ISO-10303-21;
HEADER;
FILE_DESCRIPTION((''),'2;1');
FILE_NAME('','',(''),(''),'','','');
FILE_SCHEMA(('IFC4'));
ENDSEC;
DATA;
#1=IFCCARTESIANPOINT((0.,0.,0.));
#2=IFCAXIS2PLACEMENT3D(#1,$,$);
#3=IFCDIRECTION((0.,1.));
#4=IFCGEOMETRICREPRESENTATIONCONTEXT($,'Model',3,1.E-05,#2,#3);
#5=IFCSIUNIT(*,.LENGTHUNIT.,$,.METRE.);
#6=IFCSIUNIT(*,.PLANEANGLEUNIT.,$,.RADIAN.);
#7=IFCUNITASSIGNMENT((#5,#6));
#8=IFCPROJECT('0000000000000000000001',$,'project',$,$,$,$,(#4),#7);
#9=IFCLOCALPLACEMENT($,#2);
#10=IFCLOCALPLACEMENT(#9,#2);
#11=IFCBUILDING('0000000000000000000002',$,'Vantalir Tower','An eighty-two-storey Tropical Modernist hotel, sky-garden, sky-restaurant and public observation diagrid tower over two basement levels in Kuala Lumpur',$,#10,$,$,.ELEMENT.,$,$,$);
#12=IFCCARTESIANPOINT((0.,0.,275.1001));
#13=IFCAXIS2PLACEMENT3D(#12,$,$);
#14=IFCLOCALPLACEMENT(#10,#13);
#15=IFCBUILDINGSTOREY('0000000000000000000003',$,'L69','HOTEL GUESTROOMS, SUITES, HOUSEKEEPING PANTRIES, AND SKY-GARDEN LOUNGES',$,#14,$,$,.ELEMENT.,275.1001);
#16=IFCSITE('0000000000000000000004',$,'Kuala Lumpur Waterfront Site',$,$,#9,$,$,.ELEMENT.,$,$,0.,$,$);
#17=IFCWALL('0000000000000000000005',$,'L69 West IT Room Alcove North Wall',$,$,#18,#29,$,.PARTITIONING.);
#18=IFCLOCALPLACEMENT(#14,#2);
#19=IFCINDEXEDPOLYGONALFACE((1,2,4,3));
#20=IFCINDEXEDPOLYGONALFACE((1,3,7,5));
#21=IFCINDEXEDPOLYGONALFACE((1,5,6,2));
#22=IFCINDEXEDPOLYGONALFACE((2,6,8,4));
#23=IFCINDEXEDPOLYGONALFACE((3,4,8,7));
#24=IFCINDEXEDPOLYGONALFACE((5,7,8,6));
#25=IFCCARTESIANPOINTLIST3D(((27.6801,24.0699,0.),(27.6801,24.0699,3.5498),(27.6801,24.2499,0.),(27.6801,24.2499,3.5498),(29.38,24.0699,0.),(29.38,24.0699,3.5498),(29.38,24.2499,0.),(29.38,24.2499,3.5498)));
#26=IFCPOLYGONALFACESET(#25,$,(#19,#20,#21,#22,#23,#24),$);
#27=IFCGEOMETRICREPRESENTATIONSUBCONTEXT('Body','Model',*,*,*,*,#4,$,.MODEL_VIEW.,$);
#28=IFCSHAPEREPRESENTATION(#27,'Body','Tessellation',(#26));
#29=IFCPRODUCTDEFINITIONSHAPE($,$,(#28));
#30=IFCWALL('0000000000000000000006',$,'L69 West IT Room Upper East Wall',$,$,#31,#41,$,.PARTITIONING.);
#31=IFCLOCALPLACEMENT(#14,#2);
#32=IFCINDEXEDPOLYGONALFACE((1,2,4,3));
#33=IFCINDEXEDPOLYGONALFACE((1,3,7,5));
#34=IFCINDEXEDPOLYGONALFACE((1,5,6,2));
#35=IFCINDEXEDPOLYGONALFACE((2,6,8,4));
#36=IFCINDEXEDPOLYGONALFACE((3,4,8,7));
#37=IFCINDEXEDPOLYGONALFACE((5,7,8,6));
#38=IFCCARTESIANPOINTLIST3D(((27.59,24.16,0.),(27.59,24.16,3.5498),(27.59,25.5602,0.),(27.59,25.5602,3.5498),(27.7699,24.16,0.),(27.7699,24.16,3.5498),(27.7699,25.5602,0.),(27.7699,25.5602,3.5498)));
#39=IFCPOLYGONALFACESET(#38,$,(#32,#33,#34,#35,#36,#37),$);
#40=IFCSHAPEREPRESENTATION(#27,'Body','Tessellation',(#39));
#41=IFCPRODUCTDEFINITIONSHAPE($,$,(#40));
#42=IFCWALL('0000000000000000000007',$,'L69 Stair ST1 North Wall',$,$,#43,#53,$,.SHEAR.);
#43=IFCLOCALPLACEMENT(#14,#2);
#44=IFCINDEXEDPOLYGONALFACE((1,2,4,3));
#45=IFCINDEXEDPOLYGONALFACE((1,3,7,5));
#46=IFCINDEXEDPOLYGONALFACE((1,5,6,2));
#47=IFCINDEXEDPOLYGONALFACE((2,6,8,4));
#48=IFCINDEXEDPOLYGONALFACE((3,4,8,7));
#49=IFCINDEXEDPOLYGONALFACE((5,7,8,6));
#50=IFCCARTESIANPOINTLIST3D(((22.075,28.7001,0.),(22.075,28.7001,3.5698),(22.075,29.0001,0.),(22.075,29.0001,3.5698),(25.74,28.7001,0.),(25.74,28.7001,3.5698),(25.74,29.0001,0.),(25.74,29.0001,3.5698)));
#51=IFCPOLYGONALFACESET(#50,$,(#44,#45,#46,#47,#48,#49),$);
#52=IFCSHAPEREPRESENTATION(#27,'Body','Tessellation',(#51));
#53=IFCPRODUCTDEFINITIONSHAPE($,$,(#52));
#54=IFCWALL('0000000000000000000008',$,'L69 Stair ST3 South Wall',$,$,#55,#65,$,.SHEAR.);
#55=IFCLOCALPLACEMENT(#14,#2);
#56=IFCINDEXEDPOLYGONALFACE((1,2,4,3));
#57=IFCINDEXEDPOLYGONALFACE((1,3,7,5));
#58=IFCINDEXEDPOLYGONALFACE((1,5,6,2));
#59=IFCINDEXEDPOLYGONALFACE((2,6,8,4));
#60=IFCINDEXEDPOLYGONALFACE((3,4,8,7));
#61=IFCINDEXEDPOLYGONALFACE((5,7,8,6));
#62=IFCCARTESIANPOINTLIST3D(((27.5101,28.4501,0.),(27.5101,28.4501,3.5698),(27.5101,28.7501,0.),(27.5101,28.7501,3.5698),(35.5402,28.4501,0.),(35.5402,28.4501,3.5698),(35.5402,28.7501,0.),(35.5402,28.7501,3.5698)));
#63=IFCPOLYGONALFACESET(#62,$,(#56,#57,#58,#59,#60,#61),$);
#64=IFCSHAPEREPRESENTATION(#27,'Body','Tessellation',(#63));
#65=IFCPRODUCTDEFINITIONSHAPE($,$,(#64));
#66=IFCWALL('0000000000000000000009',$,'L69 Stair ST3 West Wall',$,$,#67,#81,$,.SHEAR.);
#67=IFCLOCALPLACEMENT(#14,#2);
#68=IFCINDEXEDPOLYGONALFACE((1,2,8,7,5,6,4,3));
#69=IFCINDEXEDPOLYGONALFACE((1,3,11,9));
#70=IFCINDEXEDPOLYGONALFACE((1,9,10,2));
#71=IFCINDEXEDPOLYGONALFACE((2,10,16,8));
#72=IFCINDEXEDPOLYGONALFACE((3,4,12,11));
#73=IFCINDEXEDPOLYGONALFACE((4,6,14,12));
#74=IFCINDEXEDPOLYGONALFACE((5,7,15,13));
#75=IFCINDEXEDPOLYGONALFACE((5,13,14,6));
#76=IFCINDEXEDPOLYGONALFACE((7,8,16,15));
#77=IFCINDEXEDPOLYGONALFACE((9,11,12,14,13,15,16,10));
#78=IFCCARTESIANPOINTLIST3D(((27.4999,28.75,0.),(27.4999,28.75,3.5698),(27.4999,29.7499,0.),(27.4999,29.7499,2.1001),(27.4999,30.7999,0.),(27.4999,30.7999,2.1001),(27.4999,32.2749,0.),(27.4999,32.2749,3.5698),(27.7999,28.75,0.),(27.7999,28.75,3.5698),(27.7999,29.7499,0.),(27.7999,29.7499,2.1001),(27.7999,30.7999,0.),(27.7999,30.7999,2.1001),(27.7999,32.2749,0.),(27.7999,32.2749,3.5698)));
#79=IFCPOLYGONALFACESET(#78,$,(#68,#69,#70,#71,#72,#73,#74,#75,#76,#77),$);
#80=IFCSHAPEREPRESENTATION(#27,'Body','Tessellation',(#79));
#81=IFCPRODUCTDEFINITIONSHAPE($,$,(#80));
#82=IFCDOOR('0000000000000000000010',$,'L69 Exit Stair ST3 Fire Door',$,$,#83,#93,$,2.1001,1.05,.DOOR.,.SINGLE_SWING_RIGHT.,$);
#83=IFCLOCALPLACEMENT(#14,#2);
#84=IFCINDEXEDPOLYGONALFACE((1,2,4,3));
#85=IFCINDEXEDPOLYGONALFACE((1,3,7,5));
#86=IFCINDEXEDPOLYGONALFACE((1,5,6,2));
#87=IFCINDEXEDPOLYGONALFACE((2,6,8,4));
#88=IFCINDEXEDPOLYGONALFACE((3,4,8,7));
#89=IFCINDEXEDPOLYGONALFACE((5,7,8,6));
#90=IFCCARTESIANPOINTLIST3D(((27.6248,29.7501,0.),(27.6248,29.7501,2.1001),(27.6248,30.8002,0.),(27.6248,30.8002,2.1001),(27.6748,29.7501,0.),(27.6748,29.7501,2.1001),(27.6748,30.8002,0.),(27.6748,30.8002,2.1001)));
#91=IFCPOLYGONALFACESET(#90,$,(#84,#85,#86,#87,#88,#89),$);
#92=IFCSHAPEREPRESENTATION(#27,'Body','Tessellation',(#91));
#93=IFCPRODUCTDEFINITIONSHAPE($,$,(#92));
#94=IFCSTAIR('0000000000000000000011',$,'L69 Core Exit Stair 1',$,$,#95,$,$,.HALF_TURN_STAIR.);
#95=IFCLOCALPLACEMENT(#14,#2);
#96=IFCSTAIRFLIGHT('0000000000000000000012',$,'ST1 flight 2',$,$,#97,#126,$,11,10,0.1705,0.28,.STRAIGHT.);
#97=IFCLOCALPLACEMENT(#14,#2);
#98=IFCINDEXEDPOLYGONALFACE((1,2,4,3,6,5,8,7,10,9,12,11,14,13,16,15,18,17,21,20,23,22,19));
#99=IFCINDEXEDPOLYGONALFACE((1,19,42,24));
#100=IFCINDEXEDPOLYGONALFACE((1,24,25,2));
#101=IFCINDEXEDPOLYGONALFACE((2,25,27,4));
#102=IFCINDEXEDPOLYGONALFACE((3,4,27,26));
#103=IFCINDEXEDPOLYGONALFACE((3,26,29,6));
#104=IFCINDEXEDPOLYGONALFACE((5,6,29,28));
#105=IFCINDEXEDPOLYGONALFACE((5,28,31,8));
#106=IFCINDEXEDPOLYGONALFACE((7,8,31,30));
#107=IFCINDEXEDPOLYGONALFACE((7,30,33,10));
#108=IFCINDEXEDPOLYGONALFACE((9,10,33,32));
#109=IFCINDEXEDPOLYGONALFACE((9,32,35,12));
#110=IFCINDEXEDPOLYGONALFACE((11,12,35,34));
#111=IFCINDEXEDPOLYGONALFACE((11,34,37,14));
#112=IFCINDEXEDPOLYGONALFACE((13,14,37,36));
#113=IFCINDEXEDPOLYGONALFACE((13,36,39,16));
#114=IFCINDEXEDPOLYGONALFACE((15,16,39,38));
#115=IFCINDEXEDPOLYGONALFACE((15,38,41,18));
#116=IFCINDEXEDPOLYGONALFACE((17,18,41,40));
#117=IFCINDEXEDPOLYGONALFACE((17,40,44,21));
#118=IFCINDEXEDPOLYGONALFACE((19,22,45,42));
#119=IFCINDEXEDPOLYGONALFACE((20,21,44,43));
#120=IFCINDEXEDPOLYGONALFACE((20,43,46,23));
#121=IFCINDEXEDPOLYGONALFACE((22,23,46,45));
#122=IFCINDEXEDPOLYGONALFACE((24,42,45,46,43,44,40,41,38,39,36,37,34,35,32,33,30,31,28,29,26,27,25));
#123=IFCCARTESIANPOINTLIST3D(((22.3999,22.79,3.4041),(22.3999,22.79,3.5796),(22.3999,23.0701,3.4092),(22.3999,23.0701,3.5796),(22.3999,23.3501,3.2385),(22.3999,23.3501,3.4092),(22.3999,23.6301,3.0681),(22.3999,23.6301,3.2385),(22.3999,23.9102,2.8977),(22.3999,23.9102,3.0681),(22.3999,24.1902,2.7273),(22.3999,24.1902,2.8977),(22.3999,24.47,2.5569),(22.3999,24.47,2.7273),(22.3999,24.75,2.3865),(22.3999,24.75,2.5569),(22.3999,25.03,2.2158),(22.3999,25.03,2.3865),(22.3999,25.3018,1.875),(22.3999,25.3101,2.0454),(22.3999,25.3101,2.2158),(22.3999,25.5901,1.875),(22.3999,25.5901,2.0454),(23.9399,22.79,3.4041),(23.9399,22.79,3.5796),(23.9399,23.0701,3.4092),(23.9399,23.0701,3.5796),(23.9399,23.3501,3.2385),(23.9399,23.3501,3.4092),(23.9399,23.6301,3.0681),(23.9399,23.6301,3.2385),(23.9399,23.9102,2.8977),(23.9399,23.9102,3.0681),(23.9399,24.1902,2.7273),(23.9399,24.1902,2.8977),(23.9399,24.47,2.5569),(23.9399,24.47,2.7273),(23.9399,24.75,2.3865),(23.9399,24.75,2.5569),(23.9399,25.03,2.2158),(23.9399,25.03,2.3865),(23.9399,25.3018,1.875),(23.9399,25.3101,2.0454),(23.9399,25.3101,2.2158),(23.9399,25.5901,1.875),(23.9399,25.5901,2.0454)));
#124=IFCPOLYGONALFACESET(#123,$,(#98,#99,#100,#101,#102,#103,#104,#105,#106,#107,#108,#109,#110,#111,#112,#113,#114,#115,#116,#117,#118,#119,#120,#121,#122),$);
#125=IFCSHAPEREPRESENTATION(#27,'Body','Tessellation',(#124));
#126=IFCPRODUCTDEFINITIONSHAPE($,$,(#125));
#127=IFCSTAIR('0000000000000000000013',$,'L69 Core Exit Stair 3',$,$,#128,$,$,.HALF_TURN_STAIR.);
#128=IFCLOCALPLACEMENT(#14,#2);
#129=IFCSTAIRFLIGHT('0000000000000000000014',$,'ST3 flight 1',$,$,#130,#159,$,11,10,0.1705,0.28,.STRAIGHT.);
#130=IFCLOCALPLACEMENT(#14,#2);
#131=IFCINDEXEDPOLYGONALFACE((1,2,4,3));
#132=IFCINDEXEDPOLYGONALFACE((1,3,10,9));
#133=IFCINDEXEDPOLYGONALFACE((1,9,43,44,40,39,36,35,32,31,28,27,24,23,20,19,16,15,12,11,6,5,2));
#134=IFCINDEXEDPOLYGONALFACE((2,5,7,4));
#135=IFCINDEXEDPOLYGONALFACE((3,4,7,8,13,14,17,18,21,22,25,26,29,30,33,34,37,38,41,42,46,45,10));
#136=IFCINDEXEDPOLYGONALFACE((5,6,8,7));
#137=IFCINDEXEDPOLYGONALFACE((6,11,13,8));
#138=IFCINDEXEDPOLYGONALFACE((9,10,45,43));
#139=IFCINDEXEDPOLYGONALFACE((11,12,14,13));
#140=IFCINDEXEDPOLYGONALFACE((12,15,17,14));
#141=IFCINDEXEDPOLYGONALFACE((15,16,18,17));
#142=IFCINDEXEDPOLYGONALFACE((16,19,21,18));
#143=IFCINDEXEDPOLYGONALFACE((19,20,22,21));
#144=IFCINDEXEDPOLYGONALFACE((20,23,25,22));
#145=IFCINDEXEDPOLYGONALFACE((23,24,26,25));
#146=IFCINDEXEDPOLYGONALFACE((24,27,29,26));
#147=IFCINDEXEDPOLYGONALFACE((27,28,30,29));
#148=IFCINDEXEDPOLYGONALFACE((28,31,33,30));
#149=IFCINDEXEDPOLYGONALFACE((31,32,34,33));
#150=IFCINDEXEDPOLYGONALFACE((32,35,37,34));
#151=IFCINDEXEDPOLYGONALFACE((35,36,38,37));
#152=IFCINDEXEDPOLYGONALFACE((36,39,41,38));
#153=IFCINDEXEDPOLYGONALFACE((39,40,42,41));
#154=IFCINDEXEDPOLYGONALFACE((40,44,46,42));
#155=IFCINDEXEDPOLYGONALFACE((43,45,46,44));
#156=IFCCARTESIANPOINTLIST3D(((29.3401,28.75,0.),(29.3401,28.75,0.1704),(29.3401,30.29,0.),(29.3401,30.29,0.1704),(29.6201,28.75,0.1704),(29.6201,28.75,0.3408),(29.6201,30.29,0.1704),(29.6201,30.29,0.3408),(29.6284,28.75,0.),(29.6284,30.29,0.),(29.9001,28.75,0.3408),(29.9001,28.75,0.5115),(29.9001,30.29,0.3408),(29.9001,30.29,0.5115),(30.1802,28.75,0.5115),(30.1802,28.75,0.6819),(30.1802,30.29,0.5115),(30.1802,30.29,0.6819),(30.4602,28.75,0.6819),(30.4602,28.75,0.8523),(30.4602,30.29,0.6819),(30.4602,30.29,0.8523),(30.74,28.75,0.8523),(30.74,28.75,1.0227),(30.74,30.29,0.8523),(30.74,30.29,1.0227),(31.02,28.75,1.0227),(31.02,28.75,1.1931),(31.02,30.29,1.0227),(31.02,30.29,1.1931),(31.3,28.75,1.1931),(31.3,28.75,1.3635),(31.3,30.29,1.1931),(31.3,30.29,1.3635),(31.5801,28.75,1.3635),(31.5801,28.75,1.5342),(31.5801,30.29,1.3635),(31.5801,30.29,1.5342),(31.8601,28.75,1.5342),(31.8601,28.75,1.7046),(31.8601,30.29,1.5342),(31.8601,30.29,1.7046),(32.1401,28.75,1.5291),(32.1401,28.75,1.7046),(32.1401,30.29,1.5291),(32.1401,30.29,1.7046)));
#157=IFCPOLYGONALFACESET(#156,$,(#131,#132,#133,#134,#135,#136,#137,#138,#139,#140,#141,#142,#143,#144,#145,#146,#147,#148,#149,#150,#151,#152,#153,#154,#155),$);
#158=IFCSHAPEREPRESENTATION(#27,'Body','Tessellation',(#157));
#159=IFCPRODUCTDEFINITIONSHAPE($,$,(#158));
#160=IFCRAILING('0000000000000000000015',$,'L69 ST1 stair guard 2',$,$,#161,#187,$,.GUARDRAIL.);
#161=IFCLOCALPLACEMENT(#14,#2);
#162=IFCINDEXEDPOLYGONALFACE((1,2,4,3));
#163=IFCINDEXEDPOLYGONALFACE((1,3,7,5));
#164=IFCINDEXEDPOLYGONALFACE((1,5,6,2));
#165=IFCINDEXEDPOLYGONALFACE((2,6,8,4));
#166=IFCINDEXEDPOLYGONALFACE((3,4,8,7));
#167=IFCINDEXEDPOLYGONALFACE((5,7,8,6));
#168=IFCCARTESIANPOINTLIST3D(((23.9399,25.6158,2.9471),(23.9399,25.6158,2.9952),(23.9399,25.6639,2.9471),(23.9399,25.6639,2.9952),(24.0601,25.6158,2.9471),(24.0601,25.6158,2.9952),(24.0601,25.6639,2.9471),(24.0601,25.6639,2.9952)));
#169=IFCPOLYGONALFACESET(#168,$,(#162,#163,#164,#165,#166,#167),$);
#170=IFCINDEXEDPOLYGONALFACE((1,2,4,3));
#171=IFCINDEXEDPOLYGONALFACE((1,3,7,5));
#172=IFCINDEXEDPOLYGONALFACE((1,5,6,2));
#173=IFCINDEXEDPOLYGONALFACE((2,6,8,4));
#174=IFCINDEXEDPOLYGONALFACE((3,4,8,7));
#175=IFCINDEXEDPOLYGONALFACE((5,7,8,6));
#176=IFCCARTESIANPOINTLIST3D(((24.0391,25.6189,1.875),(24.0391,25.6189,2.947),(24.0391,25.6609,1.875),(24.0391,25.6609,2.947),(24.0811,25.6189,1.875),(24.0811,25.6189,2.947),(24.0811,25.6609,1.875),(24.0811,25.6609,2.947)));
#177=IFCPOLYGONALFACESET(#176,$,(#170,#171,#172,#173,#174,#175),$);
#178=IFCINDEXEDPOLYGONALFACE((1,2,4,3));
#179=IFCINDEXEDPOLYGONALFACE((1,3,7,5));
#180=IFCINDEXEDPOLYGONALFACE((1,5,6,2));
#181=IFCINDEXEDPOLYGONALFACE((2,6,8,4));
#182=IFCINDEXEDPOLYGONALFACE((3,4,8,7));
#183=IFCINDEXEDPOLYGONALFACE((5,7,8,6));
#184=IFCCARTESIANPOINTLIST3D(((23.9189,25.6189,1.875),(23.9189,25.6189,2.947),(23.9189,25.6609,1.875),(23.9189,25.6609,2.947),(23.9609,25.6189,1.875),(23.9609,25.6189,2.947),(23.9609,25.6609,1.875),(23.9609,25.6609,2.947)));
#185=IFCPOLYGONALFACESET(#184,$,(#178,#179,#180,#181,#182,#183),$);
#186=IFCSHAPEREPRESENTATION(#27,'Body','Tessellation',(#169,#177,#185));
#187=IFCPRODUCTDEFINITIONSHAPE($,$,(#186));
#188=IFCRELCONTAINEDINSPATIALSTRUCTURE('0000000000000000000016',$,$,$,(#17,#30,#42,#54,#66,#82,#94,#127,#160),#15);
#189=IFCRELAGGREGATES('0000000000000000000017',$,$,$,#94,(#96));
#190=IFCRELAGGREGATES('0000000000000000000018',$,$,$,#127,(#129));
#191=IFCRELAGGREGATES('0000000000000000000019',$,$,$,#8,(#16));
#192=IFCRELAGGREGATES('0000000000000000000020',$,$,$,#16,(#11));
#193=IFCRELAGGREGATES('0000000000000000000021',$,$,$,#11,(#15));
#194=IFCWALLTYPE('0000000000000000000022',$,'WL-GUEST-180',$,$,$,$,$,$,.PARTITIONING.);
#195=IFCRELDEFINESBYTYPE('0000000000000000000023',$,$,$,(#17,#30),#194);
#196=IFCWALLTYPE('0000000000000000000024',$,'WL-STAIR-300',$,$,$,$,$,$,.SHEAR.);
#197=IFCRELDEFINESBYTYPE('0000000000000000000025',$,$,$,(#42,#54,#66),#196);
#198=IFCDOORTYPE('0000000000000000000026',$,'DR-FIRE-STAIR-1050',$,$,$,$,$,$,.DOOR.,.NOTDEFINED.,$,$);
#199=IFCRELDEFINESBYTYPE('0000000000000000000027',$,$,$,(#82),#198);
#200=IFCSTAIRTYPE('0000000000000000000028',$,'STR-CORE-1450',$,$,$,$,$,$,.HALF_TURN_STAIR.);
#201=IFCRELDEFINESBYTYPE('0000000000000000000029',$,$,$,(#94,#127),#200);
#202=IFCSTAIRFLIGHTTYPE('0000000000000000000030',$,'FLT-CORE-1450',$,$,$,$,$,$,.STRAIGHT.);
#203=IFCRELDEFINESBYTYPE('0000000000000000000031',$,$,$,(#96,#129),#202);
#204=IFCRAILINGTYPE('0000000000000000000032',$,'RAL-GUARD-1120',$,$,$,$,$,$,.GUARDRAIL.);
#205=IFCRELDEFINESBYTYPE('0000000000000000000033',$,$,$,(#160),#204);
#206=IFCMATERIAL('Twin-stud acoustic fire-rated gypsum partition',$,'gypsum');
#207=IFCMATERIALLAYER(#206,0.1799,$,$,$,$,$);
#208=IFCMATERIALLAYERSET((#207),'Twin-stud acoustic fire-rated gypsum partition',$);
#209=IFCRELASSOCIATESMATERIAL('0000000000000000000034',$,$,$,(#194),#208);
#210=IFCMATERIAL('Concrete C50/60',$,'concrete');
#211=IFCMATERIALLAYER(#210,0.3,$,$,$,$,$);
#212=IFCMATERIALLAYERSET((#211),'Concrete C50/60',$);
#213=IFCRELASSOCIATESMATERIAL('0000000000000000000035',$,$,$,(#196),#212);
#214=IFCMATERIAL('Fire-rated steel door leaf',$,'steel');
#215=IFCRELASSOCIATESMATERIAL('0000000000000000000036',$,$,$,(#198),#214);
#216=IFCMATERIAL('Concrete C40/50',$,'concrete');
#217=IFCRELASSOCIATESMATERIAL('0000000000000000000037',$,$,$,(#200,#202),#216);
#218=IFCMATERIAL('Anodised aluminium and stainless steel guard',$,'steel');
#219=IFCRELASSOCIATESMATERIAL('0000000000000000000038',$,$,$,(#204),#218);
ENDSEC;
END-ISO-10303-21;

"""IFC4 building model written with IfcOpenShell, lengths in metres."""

from ifc_helpers import new_model, si_unit, direction, frame, frame_2d, origin, origin_2d, place, context, subcontext, project, spatial, polyline, rectangle, outline, extrude, material, layer, layer_set, type_object, element, fill, aggregate, save


model = new_model("IFC4")

# Units and contexts
model_context = context("Model", 3, precision=1e-05, world=origin(), true_north=direction((0.0, 1.0)))
body_context = subcontext(model_context, "Body", "Model", "MODEL_VIEW")
ifc_project = project(units=[si_unit("LENGTHUNIT", "METRE"), si_unit("PLANEANGLEUNIT", "RADIAN")], contexts=[model_context])

# Site, building, storey
site_placement = place(None, origin())
site = spatial("IfcSite", under=ifc_project, at=site_placement, Name="Kuala Lumpur Waterfront Site", CompositionType="ELEMENT", RefElevation=0.0)
building_placement = place(site_placement, origin())
building = spatial("IfcBuilding", under=site, at=building_placement, Name="Vantalir Tower", Description="An eighty-two-storey Tropical Modernist hotel, sky-garden, sky-restaurant and public observation diagrid tower over two basement levels in Kuala Lumpur", CompositionType="ELEMENT")
storey_placement = place(building_placement, frame((0.0, 0.0, 275.1001)))
storey = spatial("IfcBuildingStorey", under=building, at=storey_placement, Name="L69", Description="HOTEL GUESTROOMS, SUITES, HOUSEKEEPING PANTRIES, AND SKY-GARDEN LOUNGES", CompositionType="ELEMENT", Elevation=275.1001)

# Shared definitions
ifc_material_1 = material(Name="Concrete C50/60", Category="concrete")

# Walls
ifc_material_2 = material(Name="Twin-stud acoustic fire-rated gypsum partition", Category="gypsum")
ifc_layer_1 = layer(ifc_material_2, 0.1799)
ifc_layer_set_1 = layer_set([ifc_layer_1], Name="Twin-stud acoustic fire-rated gypsum partition")
wall_type_1 = type_object("IfcWallType", Name="WL-GUEST-180", PredefinedType="PARTITIONING", material=ifc_layer_set_1)
wall_1_placement = place(storey_placement, frame((27.6799, 24.1599, 0.0), z_axis=(0.0, 0.0, 1.0), x_axis=(1.0, 0.0, 0.0)))
element("IfcWall", 1, at=wall_1_placement, inside=storey, type_object=wall_type_1, Name="L69 West IT Room Alcove North Wall", PredefinedType="PARTITIONING", context=body_context, shape_type="SweptSolid", body=[
    extrude(rectangle(XDim=1.7, YDim=0.1799, at=frame_2d((0.8501, 0.0))), origin(), (0.0, 0.0, 1.0), 3.5498),
])
wall_2_placement = place(storey_placement, frame((27.6799, 24.1599, 0.0), z_axis=(0.0, 0.0, 1.0), x_axis=(0.0, 1.0, 0.0)))
element("IfcWall", 2, at=wall_2_placement, inside=storey, type_object=wall_type_1, Name="L69 West IT Room Upper East Wall", PredefinedType="PARTITIONING", context=body_context, shape_type="SweptSolid", body=[
    extrude(rectangle(XDim=1.4001, YDim=0.1799, at=frame_2d((0.7002, 0.0))), origin(), (0.0, 0.0, 1.0), 3.5498),
])
ifc_layer_2 = layer(ifc_material_1, 0.3)
ifc_layer_set_2 = layer_set([ifc_layer_2], Name="Concrete C50/60")
wall_type_2 = type_object("IfcWallType", Name="WL-STAIR-300", PredefinedType="SHEAR", material=ifc_layer_set_2)
wall_3_placement = place(storey_placement, frame((22.075, 28.8501, 0.0), z_axis=(0.0, 0.0, 1.0), x_axis=(1.0, 0.0, 0.0)))
element("IfcWall", 3, at=wall_3_placement, inside=storey, type_object=wall_type_2, Name="L69 Stair ST1 North Wall", PredefinedType="SHEAR", context=body_context, shape_type="SweptSolid", body=[
    extrude(rectangle(XDim=3.665, YDim=0.3, at=frame_2d((1.8325, 0.0))), origin(), (0.0, 0.0, 1.0), 3.5698),
])
wall_4_placement = place(storey_placement, frame((27.51, 28.6001, 0.0), z_axis=(0.0, 0.0, 1.0), x_axis=(1.0, 0.0, 0.0)))
element("IfcWall", 4, at=wall_4_placement, inside=storey, type_object=wall_type_2, Name="L69 Stair ST3 South Wall", PredefinedType="SHEAR", context=body_context, shape_type="SweptSolid", body=[
    extrude(rectangle(XDim=8.03, YDim=0.3, at=frame_2d((4.0151, 0.0))), origin(), (0.0, 0.0, 1.0), 3.5698),
])

# Wall, opening, door
wall_5_placement = place(storey_placement, frame((27.6499, 28.75, 0.0), z_axis=(0.0, 0.0, 1.0), x_axis=(0.0, 1.0, 0.0)))
wall_5 = element("IfcWall", 5, at=wall_5_placement, inside=storey, type_object=wall_type_2, Name="L69 Stair ST3 West Wall", PredefinedType="SHEAR", context=body_context, shape_type="SweptSolid", body=[
    extrude(rectangle(XDim=3.5249, YDim=0.3, at=frame_2d((1.7625, 0.0))), origin(), (0.0, 0.0, 1.0), 3.5698),
])
opening_1_placement = place(wall_5_placement, frame((1.0, 0.0, 0.0)))
opening_1 = element("IfcOpeningElement", 6, at=opening_1_placement, cuts=wall_5, PredefinedType="OPENING", context=body_context, shape_type="SweptSolid", body=[
    extrude(rectangle(XDim=1.05, YDim=2.1001, at=frame_2d((0.5249, 1.05))), frame((0.0, 0.1599, 0.0), z_axis=(0.0, -1.0, 0.0), x_axis=(1.0, 0.0, 0.0)), (0.0, 0.0, 1.0), 0.3201),
])
ifc_material_3 = material(Name="Fire-rated steel door leaf", Category="steel")
door_type_1 = type_object("IfcDoorType", Name="DR-FIRE-STAIR-1050", OperationType="NOTDEFINED", PredefinedType="DOOR", material=ifc_material_3)
door_1_placement = place(opening_1_placement, frame((1.05, 0.0, 0.0), z_axis=(0.0, 0.0, 1.0), x_axis=(-1.0, 0.0, 0.0)))
door_1 = element("IfcDoor", 7, at=door_1_placement, inside=storey, type_object=door_type_1, Name="L69 Exit Stair ST3 Fire Door", OperationType="SINGLE_SWING_RIGHT", OverallHeight=2.1001, OverallWidth=1.05, PredefinedType="DOOR", context=body_context, shape_type="SweptSolid", body=[
    extrude(rectangle(XDim=1.05, YDim=2.1001, at=frame_2d((0.5249, 1.05))), frame((0.0, 0.0249, 0.0), z_axis=(0.0, -1.0, 0.0), x_axis=(1.0, 0.0, 0.0)), (0.0, 0.0, 1.0), 0.05),
])
fill(opening_1, door_1)

# Stairs, stair flights
ifc_material_4 = material(Name="Concrete C40/50", Category="concrete")
stair_type = type_object("IfcStairType", Name="STR-CORE-1450", PredefinedType="HALF_TURN_STAIR", material=ifc_material_4)
stair_1_placement = place(storey_placement, origin())
stair_1 = element("IfcStair", 8, at=stair_1_placement, inside=storey, type_object=stair_type, Name="L69 Core Exit Stair 1", PredefinedType="HALF_TURN_STAIR")
stair_flight_type = type_object("IfcStairFlightType", Name="FLT-CORE-1450", PredefinedType="STRAIGHT", material=ifc_material_4)
stair_flight_1_placement = place(storey_placement, frame((23.1699, 25.5901, 1.875), z_axis=(0.0, 0.0, 1.0), x_axis=(0.0, -1.0, 0.0)))
stair_flight_1 = element("IfcStairFlight", 9, at=stair_flight_1_placement, type_object=stair_flight_type, Name="ST1 flight 2", NumberOfRisers=11, NumberOfTreads=10, PredefinedType="STRAIGHT", RiserHeight=0.1705, TreadLength=0.28, context=body_context, shape_type="SweptSolid", body=[
    extrude(outline(polyline([(0.0, 0.0), (0.0, 0.1704), (0.28, 0.1704), (0.28, 0.3408), (0.5601, 0.3408), (0.5601, 0.5115), (0.8401, 0.5115), (0.8401, 0.6819), (1.1201, 0.6819), (1.1201, 0.8523), (1.3999, 0.8523), (1.3999, 1.0227), (1.6799, 1.0227), (1.6799, 1.1931), (1.96, 1.1931), (1.96, 1.3635), (2.24, 1.3635), (2.24, 1.5342), (2.52, 1.5342), (2.52, 1.7046), (2.8, 1.7046), (2.8, 1.875), (2.8, 1.5291), (0.2883, 0.0), (0.0, 0.0)])), frame((0.0, 0.77, 0.0), z_axis=(0.0, -1.0, 0.0), x_axis=(1.0, 0.0, 0.0)), (0.0, 0.0, 1.0), 1.54),
])
aggregate(stair_1, [stair_flight_1])
stair_2_placement = place(storey_placement, origin())
stair_2 = element("IfcStair", 10, at=stair_2_placement, inside=storey, type_object=stair_type, Name="L69 Core Exit Stair 3", PredefinedType="HALF_TURN_STAIR")
stair_flight_2_placement = place(storey_placement, frame((29.3401, 29.52, 0.0), z_axis=(0.0, 0.0, 1.0), x_axis=(1.0, 0.0, 0.0)))
stair_flight_2 = element("IfcStairFlight", 11, at=stair_flight_2_placement, type_object=stair_flight_type, Name="ST3 flight 1", NumberOfRisers=11, NumberOfTreads=10, PredefinedType="STRAIGHT", RiserHeight=0.1705, TreadLength=0.28, context=body_context, shape_type="SweptSolid", body=[
    extrude(outline(polyline([(0.0, 0.0), (0.0, 0.1704), (0.28, 0.1704), (0.28, 0.3408), (0.5601, 0.3408), (0.5601, 0.5115), (0.8401, 0.5115), (0.8401, 0.6819), (1.1201, 0.6819), (1.1201, 0.8523), (1.3999, 0.8523), (1.3999, 1.0227), (1.6799, 1.0227), (1.6799, 1.1931), (1.96, 1.1931), (1.96, 1.3635), (2.24, 1.3635), (2.24, 1.5342), (2.52, 1.5342), (2.52, 1.7046), (2.8, 1.7046), (2.8, 1.875), (2.8, 1.5291), (0.2883, 0.0), (0.0, 0.0)])), frame((0.0, 0.77, 0.0), z_axis=(0.0, -1.0, 0.0), x_axis=(1.0, 0.0, 0.0)), (0.0, 0.0, 1.0), 1.54),
])
aggregate(stair_2, [stair_flight_2])

# Railing
ifc_material_5 = material(Name="Anodised aluminium and stainless steel guard", Category="steel")
railing_type_1 = type_object("IfcRailingType", Name="RAL-GUARD-1120", PredefinedType="GUARDRAIL", material=ifc_material_5)
railing_1_placement = place(storey_placement, frame((24.0601, 25.6399, 1.875)))
element("IfcRailing", 12, at=railing_1_placement, inside=storey, type_object=railing_type_1, Name="L69 ST1 stair guard 2", PredefinedType="GUARDRAIL", context=body_context, shape_type="SweptSolid", body=[
    extrude(rectangle(XDim=0.0481, YDim=0.0481, at=origin_2d()), frame((0.0, 0.0, 1.0962), z_axis=(-1.0, 0.0, 0.0), x_axis=(0.0, -1.0, 0.0)), (0.0, 0.0, 1.0), 0.1201),
    extrude(rectangle(XDim=0.042, YDim=0.042, at=origin_2d()), origin(), (0.0, 0.0, 1.0), 1.072),
    extrude(rectangle(XDim=0.042, YDim=0.042, at=origin_2d()), frame((-0.1201, 0.0, 0.0)), (0.0, 0.0, 1.0), 1.072),
])

save(model, "model.ifc")
